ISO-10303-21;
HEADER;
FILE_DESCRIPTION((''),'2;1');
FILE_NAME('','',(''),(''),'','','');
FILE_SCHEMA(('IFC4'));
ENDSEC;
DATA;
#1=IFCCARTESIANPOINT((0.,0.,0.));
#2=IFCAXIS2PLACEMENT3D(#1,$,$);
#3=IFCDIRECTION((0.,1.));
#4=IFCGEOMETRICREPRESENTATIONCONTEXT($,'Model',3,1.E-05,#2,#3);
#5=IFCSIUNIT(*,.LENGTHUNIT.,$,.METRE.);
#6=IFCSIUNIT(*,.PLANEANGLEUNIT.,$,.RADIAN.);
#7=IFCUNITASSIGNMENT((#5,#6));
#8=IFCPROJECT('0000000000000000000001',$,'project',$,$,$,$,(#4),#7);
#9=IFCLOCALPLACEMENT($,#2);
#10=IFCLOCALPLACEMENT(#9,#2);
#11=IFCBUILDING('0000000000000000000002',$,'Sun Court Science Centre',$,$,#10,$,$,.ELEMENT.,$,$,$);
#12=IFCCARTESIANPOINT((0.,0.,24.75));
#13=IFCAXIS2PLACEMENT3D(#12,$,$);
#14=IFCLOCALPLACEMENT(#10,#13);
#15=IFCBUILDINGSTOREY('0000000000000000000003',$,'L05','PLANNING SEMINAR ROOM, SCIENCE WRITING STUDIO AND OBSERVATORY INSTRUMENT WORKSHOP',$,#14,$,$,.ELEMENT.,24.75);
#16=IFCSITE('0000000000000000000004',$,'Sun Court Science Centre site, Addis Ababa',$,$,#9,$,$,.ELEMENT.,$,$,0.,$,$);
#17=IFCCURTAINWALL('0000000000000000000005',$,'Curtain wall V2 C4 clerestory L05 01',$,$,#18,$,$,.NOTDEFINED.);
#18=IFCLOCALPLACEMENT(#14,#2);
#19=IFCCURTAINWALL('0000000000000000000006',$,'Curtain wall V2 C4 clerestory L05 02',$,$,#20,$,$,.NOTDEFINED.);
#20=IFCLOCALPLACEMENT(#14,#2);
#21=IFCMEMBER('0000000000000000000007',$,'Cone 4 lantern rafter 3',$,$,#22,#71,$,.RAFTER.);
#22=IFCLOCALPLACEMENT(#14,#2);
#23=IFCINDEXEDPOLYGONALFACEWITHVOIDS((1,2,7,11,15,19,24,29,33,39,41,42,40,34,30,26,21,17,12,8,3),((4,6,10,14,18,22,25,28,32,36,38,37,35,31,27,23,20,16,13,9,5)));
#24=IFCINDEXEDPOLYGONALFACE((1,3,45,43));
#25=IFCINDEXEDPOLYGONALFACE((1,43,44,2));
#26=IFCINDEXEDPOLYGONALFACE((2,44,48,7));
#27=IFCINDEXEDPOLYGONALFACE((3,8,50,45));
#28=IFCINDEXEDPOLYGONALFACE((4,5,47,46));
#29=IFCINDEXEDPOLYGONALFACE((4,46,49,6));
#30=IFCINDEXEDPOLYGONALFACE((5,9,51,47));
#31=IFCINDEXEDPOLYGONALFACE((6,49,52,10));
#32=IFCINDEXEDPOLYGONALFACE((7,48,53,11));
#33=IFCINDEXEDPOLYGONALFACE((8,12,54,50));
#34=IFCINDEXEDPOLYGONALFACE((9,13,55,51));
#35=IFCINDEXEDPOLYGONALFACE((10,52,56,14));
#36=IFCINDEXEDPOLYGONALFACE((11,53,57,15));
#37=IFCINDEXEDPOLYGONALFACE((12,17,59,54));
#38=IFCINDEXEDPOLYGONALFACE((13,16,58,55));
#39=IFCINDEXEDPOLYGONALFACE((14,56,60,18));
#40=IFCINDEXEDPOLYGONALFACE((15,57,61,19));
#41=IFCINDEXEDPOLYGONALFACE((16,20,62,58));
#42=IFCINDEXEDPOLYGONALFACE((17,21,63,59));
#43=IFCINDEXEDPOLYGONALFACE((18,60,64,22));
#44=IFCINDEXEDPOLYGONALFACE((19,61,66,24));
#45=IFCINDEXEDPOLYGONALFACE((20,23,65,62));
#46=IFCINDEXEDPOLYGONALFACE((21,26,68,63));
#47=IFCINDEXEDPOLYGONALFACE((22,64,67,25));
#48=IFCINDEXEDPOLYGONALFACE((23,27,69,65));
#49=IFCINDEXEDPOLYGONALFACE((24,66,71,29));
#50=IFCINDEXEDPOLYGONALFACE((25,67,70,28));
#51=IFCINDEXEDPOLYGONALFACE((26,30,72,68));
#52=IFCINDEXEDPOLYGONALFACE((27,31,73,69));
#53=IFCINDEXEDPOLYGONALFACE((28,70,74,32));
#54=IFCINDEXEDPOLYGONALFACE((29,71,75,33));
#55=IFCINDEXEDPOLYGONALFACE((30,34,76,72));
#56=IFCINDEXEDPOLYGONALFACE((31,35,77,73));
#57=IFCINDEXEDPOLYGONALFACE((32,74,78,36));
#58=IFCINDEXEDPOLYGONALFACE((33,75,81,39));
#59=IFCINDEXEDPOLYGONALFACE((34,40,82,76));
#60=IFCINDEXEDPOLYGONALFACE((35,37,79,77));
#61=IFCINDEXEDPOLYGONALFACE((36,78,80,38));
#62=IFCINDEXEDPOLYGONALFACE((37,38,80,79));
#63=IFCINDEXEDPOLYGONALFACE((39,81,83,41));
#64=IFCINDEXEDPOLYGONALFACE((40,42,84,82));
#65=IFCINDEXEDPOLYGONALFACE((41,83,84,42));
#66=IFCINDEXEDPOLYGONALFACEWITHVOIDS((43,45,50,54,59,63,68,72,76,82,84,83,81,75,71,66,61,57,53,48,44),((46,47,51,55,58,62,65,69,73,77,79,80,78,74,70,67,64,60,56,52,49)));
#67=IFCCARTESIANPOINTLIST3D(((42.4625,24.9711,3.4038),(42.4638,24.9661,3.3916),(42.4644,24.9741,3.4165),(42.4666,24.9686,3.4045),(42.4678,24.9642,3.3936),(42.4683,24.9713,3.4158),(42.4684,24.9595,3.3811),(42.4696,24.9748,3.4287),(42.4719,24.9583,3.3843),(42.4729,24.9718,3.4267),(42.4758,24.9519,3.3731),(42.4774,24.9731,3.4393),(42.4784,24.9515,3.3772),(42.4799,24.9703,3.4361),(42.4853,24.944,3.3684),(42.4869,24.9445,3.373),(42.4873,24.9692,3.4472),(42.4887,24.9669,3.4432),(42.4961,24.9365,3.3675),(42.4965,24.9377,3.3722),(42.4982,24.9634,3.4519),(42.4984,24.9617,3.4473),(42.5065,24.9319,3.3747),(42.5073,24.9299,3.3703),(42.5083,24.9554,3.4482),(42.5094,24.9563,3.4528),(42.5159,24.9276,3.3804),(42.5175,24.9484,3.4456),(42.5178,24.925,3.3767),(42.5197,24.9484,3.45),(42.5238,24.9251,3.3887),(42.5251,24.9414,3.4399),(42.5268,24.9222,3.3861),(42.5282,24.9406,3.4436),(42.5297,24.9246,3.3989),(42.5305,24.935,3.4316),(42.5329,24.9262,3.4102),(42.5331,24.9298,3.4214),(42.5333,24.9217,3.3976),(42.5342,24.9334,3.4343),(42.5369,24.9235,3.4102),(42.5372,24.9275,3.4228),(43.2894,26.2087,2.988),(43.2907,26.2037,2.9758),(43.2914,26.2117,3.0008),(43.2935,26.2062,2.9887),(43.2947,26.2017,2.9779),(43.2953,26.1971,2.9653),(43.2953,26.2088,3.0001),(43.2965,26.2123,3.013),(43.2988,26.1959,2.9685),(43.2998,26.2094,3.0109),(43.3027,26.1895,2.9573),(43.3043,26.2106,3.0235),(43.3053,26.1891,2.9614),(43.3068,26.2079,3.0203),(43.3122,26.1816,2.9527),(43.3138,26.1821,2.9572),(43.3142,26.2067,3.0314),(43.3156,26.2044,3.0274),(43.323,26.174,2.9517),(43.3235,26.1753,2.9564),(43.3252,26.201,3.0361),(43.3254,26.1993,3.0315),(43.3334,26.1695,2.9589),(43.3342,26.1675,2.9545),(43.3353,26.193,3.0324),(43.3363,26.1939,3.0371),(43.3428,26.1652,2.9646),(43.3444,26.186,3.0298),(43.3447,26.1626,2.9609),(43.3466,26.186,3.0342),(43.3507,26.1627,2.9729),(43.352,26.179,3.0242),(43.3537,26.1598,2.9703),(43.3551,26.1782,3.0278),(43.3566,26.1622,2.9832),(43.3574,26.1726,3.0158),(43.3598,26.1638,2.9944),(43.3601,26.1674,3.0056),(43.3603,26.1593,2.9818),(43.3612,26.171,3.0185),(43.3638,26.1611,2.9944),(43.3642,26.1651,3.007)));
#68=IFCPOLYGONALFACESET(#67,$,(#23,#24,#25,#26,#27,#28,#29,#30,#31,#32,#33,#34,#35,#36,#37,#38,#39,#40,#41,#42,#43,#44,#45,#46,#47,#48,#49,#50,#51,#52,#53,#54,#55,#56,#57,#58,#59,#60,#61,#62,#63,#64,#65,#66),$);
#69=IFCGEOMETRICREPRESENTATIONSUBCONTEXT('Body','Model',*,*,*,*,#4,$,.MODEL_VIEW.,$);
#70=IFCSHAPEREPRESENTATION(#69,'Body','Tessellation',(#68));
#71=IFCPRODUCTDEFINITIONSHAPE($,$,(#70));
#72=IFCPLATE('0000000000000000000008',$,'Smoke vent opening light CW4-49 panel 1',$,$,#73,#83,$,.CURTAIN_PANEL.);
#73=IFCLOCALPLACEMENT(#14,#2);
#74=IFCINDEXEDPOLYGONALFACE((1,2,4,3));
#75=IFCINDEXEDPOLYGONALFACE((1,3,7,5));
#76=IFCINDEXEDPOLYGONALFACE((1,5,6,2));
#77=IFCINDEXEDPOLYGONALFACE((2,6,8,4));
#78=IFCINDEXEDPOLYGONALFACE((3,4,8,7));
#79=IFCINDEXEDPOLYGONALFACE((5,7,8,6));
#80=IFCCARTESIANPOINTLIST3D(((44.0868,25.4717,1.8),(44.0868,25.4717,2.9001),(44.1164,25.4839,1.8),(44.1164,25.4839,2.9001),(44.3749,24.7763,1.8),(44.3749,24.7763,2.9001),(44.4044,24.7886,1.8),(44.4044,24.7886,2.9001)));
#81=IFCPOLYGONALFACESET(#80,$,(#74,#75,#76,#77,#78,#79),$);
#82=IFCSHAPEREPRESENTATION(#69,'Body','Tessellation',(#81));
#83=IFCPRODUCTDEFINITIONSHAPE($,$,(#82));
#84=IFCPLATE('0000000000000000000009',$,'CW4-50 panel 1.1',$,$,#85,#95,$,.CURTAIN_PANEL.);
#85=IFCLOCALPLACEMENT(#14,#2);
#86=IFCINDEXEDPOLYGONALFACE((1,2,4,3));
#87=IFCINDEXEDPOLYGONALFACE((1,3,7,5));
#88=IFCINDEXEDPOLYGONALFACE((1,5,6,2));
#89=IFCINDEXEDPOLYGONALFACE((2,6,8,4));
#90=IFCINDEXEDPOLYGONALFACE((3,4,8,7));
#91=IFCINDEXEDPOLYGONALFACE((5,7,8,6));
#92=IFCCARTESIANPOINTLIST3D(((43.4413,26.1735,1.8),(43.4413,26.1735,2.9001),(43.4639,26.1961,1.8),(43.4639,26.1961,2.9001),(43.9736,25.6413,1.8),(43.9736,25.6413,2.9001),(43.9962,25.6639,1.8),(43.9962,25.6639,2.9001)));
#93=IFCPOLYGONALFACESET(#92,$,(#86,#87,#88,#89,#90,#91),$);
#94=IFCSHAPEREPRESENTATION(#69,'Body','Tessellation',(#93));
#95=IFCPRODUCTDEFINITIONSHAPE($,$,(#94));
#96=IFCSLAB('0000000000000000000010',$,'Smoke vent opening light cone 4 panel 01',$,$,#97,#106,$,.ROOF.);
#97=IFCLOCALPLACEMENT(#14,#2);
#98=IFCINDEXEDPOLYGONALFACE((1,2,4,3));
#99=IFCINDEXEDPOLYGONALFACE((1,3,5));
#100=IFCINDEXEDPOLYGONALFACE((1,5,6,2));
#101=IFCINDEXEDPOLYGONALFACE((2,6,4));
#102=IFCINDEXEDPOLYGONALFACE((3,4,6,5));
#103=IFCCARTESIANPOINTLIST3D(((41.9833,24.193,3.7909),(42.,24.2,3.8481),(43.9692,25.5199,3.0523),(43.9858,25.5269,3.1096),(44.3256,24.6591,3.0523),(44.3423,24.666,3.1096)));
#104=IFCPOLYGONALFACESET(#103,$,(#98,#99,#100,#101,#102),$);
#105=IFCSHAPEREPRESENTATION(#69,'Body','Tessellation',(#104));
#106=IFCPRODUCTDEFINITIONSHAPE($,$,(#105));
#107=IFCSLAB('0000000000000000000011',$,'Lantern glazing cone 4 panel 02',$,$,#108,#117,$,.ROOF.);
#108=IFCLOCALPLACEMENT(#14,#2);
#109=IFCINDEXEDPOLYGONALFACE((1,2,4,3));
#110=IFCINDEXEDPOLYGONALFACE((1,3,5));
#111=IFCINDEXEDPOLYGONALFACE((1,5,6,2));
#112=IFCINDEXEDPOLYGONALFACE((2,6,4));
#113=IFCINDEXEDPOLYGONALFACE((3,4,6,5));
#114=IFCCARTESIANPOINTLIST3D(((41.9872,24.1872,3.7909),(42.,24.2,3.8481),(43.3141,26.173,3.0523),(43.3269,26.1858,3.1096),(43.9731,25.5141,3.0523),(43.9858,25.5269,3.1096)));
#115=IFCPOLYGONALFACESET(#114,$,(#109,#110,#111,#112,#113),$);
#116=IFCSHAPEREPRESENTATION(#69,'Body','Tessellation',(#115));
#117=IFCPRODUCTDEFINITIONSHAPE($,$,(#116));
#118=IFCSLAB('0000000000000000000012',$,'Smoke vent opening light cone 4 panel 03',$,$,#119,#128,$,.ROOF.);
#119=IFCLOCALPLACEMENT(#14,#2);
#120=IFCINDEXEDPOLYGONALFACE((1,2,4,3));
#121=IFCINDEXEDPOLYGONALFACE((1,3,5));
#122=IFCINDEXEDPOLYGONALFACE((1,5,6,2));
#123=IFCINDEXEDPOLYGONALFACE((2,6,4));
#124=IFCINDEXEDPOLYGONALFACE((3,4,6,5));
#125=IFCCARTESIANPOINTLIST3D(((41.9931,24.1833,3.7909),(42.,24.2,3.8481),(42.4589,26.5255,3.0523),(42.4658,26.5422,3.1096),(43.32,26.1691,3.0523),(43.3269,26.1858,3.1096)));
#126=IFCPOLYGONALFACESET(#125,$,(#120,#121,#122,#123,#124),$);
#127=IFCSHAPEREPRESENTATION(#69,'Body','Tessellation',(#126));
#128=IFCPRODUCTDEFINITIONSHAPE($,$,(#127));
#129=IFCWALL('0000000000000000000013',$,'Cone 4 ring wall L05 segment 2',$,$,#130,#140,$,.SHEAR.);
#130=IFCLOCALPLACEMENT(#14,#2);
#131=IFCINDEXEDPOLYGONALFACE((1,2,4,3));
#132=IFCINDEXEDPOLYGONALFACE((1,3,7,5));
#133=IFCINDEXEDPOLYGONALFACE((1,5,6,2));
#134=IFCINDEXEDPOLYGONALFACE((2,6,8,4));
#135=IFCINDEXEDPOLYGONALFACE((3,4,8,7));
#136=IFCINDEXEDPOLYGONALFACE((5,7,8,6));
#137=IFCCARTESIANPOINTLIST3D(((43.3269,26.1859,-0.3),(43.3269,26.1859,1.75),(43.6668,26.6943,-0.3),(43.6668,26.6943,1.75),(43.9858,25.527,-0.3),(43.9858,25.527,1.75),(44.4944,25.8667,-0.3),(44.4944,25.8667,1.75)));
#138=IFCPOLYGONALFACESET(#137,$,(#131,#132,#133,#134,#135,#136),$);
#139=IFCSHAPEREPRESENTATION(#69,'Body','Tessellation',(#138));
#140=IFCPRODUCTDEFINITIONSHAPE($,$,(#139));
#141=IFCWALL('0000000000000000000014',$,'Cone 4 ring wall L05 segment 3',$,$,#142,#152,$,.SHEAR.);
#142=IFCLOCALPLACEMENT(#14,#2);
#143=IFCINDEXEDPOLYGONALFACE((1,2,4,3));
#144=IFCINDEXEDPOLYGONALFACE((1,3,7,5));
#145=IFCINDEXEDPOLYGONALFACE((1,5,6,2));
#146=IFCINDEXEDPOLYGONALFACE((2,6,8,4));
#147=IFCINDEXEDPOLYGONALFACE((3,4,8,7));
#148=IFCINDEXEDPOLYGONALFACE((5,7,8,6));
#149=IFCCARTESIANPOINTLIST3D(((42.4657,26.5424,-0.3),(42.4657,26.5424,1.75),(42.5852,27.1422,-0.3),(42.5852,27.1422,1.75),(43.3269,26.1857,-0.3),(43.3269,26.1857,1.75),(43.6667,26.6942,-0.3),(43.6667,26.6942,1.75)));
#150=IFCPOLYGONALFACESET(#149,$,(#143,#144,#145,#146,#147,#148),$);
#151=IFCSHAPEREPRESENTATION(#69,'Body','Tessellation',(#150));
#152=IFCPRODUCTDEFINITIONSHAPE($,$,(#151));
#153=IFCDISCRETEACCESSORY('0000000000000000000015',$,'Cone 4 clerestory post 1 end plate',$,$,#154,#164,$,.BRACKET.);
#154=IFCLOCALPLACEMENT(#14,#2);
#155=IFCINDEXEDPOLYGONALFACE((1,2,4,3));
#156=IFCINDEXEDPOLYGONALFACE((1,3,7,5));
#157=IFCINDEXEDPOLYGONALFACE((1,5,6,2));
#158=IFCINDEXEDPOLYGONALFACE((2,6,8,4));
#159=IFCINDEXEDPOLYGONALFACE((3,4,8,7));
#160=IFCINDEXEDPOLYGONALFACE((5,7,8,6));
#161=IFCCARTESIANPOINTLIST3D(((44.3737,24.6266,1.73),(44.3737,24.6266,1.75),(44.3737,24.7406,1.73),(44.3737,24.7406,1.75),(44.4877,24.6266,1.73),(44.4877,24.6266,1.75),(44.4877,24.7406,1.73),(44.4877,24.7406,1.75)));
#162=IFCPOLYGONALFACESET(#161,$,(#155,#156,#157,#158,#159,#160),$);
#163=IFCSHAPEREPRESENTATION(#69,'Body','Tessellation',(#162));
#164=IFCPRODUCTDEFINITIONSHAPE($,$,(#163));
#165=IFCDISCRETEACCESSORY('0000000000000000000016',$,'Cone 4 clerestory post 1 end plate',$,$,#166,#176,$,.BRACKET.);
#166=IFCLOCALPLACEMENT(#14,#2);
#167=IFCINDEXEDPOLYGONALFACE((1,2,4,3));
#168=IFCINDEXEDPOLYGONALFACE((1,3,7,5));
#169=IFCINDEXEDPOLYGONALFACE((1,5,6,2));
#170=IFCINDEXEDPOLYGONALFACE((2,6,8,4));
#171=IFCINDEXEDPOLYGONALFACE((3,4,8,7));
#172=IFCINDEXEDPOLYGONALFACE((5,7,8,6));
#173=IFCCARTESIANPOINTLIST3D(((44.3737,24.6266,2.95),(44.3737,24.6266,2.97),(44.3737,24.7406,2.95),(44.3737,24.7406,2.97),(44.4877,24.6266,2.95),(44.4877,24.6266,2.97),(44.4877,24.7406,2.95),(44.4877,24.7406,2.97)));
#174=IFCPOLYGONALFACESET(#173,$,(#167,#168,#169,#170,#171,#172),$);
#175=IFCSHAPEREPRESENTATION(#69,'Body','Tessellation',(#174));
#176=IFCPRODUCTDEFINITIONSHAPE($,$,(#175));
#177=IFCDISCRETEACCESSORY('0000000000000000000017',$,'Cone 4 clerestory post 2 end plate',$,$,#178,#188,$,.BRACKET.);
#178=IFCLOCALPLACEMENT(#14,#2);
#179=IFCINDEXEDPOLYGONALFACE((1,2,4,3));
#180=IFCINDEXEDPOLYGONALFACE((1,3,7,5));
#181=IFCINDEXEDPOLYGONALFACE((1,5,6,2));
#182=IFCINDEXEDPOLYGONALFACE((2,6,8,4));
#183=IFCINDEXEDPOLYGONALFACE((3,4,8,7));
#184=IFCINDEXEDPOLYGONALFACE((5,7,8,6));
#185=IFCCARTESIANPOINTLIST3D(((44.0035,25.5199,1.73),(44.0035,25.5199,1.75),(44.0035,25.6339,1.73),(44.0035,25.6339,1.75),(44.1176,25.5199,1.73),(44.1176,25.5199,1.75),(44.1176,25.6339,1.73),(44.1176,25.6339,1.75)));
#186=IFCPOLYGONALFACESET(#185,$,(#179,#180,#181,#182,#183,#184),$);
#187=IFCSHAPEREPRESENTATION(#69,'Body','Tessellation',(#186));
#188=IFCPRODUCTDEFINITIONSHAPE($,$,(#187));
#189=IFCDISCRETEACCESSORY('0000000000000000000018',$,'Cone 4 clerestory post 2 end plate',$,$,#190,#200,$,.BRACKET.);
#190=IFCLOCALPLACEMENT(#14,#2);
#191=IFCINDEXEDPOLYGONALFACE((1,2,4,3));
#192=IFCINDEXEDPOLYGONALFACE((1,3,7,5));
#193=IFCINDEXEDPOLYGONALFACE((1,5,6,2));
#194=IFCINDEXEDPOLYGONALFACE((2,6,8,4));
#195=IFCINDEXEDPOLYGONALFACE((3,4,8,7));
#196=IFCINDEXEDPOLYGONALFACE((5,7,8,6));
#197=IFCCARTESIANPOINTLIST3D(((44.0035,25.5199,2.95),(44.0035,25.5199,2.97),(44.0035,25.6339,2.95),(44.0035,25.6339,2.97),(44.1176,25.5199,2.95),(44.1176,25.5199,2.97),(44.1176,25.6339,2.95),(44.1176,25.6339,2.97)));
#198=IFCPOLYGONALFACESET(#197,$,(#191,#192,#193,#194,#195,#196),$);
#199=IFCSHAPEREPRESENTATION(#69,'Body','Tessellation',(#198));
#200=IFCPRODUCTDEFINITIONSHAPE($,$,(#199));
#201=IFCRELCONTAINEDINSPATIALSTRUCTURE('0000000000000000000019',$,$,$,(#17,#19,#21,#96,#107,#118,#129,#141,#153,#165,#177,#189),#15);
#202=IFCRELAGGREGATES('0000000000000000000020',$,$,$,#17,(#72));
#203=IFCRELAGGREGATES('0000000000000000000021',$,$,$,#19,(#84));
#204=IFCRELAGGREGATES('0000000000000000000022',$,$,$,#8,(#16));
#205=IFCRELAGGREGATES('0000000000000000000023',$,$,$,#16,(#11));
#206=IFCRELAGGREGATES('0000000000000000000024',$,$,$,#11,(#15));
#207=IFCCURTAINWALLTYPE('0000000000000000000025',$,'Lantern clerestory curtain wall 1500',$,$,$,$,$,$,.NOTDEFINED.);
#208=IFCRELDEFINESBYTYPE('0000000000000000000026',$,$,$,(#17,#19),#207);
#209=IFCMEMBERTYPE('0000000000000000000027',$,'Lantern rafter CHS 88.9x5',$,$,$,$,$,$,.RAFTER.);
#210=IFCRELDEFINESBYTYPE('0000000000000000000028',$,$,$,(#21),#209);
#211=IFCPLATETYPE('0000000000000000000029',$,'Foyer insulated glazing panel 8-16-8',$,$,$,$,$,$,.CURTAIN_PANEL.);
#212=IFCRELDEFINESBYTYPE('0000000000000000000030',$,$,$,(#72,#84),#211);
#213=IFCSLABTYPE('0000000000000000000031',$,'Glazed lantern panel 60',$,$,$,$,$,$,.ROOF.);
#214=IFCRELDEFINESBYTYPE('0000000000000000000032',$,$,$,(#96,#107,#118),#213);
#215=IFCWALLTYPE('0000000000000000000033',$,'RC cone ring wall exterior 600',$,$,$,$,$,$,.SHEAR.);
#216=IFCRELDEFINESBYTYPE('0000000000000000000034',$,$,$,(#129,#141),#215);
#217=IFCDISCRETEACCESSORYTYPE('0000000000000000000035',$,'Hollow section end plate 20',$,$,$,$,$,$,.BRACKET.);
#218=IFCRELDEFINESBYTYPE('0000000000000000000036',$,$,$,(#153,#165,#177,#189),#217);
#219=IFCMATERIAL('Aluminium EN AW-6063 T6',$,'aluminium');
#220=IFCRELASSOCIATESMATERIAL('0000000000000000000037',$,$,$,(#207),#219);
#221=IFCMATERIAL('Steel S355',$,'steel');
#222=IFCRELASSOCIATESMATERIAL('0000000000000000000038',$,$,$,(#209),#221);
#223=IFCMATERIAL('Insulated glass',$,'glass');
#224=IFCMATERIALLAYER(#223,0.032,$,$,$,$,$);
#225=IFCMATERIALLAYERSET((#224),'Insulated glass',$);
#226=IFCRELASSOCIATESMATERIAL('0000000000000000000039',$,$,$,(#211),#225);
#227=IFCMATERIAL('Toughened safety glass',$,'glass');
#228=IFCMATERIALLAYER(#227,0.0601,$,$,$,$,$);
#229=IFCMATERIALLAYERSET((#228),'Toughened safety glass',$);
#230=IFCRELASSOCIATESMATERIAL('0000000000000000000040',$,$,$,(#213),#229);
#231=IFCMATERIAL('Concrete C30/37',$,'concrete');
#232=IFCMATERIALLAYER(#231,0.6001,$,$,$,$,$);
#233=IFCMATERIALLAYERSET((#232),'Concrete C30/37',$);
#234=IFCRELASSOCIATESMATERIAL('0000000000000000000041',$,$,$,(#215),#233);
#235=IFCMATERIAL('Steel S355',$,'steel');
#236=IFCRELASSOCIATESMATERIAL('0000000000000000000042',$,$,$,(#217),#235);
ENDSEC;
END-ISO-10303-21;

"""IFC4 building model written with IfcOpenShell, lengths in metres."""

from ifc_helpers import new_model, si_unit, direction, frame, origin, origin_2d, place, context, subcontext, project, spatial, polyline, rectangle, hollow_circle, outline, extrude, material, layer, layer_set, material_profile, profile_set, type_object, element, aggregate, save


model = new_model("IFC4")

# Units and contexts
model_context = context("Model", 3, precision=1e-05, world=origin(), true_north=direction((0.0, 1.0)))
body_context = subcontext(model_context, "Body", "Model", "MODEL_VIEW")
ifc_project = project(units=[si_unit("LENGTHUNIT", "METRE"), si_unit("PLANEANGLEUNIT", "RADIAN")], contexts=[model_context])

# Site, building, storey
site_placement = place(None, origin())
site = spatial("IfcSite", under=ifc_project, at=site_placement, Name="Sun Court Science Centre site, Addis Ababa", CompositionType="ELEMENT", RefElevation=0.0)
building_placement = place(site_placement, origin())
building = spatial("IfcBuilding", under=site, at=building_placement, Name="Sun Court Science Centre", CompositionType="ELEMENT")
storey_placement = place(building_placement, frame((0.0, 0.0, 24.75)))
storey = spatial("IfcBuildingStorey", under=building, at=storey_placement, Name="L05", Description="PLANNING SEMINAR ROOM, SCIENCE WRITING STUDIO AND OBSERVATORY INSTRUMENT WORKSHOP", CompositionType="ELEMENT", Elevation=24.75)

# Curtain walls
ifc_material_1 = material(Name="Aluminium EN AW-6063 T6", Category="aluminium")
curtain_wall_type = type_object("IfcCurtainWallType", Name="Lantern clerestory curtain wall 1500", PredefinedType="NOTDEFINED", material=ifc_material_1)
curtain_wall_1_placement = place(storey_placement, origin())
curtain_wall_1 = element("IfcCurtainWall", 1, at=curtain_wall_1_placement, inside=storey, type_object=curtain_wall_type, Name="Curtain wall V2 C4 clerestory L05 01", PredefinedType="NOTDEFINED")
curtain_wall_2_placement = place(storey_placement, origin())
curtain_wall_2 = element("IfcCurtainWall", 2, at=curtain_wall_2_placement, inside=storey, type_object=curtain_wall_type, Name="Curtain wall V2 C4 clerestory L05 02", PredefinedType="NOTDEFINED")

# Member
ifc_material_2 = material(Name="Steel S355", Category="steel")
ifc_material_profile_1 = material_profile(ifc_material_2, hollow_circle(Radius=0.0444, WallThickness=0.0049, at=origin_2d()), Name="CHS 88.9x5")
ifc_profile_set_1 = profile_set([ifc_material_profile_1], Name="Steel S355")
member_type_1 = type_object("IfcMemberType", Name="Lantern rafter CHS 88.9x5", PredefinedType="RAFTER", material=ifc_profile_set_1)
for number, where, z_axis, x_axis, name in (
    (3, (43.3269, 26.1858, 2.9944), (-0.535086, -0.800811, 0.269044), (0.831469, -0.555571, 0.0), "Cone 4 lantern rafter 3"),
):
    element("IfcMember", number, at=place(storey_placement, frame(where, z_axis=z_axis, x_axis=x_axis)), inside=storey, type_object=member_type_1, Name=name, PredefinedType="RAFTER", context=body_context, shape_type="SweptSolid", body=[
        extrude(hollow_circle(Radius=0.0444, WallThickness=0.0049, at=origin_2d()), origin(), (0.0, 0.0, 1.0), 1.5454),
    ])

# Plates
ifc_material_3 = material(Name="Insulated glass", Category="glass")
ifc_layer_1 = layer(ifc_material_3, 0.032)
ifc_layer_set_1 = layer_set([ifc_layer_1], Name="Insulated glass")
plate_type = type_object("IfcPlateType", Name="Foyer insulated glazing panel 8-16-8", PredefinedType="CURTAIN_PANEL", material=ifc_layer_set_1)
plate_1_placement = place(storey_placement, frame((44.2456, 25.1301, 1.8), z_axis=(0.0, 0.0, 1.0), x_axis=(0.382683, -0.92388, 0.0)))
plate_1 = element("IfcPlate", 4, at=plate_1_placement, type_object=plate_type, Name="Smoke vent opening light CW4-49 panel 1", PredefinedType="CURTAIN_PANEL", context=body_context, shape_type="SweptSolid", body=[
    extrude(rectangle(XDim=0.7527, YDim=0.032, at=origin_2d()), origin(), (0.0, 0.0, 1.0), 1.1001),
])
aggregate(curtain_wall_1, [plate_1])
plate_2_placement = place(storey_placement, frame((43.7188, 25.9187, 1.8), z_axis=(0.0, 0.0, 1.0), x_axis=(0.707107, -0.707107, 0.0)))
plate_2 = element("IfcPlate", 5, at=plate_2_placement, type_object=plate_type, Name="CW4-50 panel 1.1", PredefinedType="CURTAIN_PANEL", context=body_context, shape_type="SweptSolid", body=[
    extrude(rectangle(XDim=0.7527, YDim=0.032, at=origin_2d()), origin(), (0.0, 0.0, 1.0), 1.1001),
])
aggregate(curtain_wall_2, [plate_2])

# Slabs
ifc_material_4 = material(Name="Toughened safety glass", Category="glass")
ifc_layer_2 = layer(ifc_material_4, 0.0601)
ifc_layer_set_2 = layer_set([ifc_layer_2], Name="Toughened safety glass")
slab_type = type_object("IfcSlabType", Name="Glazed lantern panel 60", PredefinedType="ROOF", material=ifc_layer_set_2)
slab_1_placement = place(storey_placement, frame((44.3423, 24.666, 3.1096), z_axis=(0.27782, 0.115036, 0.953721), x_axis=(-0.382568, 0.923927, 0.0)))
element("IfcSlab", 6, at=slab_1_placement, inside=storey, type_object=slab_type, Name="Smoke vent opening light cone 4 panel 01", PredefinedType="ROOF", context=body_context, shape_type="SweptSolid", body=[
    extrude(outline(polyline([(0.0, 0.0), (0.9317, 0.0), (0.4655, 2.4561), (0.0, 0.0)])), origin(), (0.0, 0.0, -1.0), 0.0601),
])
slab_2_placement = place(storey_placement, frame((43.9858, 25.5269, 3.1096), z_axis=(0.212618, 0.212618, 0.953723), x_axis=(-0.707107, 0.707107, 0.0)))
element("IfcSlab", 7, at=slab_2_placement, inside=storey, type_object=slab_type, Name="Lantern glazing cone 4 panel 02", PredefinedType="ROOF", context=body_context, shape_type="SweptSolid", body=[
    extrude(outline(polyline([(0.0, 0.0), (0.9319, 0.0), (0.4659, 2.4561), (0.0, 0.0)])), origin(), (0.0, 0.0, -1.0), 0.0601),
])
slab_3_placement = place(storey_placement, frame((43.3269, 26.1858, 3.1096), z_axis=(0.11501, 0.277836, 0.953719), x_axis=(-0.923966, 0.382475, 0.0)))
element("IfcSlab", 8, at=slab_3_placement, inside=storey, type_object=slab_type, Name="Smoke vent opening light cone 4 panel 03", PredefinedType="ROOF", context=body_context, shape_type="SweptSolid", body=[
    extrude(outline(polyline([(0.0, 0.0), (0.9319, 0.0), (0.4665, 2.456), (0.0, 0.0)])), origin(), (0.0, 0.0, -1.0), 0.0601),
])

# Walls
ifc_material_5 = material(Name="Concrete C30/37", Category="concrete")
ifc_layer_3 = layer(ifc_material_5, 0.6001)
ifc_layer_set_3 = layer_set([ifc_layer_3], Name="Concrete C30/37")
wall_type = type_object("IfcWallType", Name="RC cone ring wall exterior 600", PredefinedType="SHEAR", material=ifc_layer_set_3)
wall_1_placement = place(storey_placement, frame((44.2822, 25.6545, -0.3), z_axis=(0.0, 0.0, 1.0), x_axis=(-0.707107, 0.707107, 0.0)))
element("IfcWall", 9, at=wall_1_placement, inside=storey, type_object=wall_type, Name="Cone 4 ring wall L05 segment 2", PredefinedType="SHEAR", context=body_context, shape_type="SweptSolid", body=[
    extrude(outline(polyline([(0.0, -0.3), (1.1704, -0.3), (1.0513, 0.2998), (0.1194, 0.2998), (0.0, -0.3)])), origin(), (0.0, 0.0, 1.0), 2.05),
])
wall_2_placement = place(storey_placement, frame((43.552, 26.4172, -0.3), z_axis=(0.0, 0.0, 1.0), x_axis=(-0.923877, 0.382689, 0.0)))
element("IfcWall", 10, at=wall_2_placement, inside=storey, type_object=wall_type, Name="Cone 4 ring wall L05 segment 3", PredefinedType="SHEAR", context=body_context, shape_type="SweptSolid", body=[
    extrude(outline(polyline([(0.0, -0.2998), (1.1707, -0.2998), (1.0515, 0.3), (0.1194, 0.3), (0.0, -0.2998)])), origin(), (0.0, 0.0, 1.0), 2.05),
])

# Discrete accessories
ifc_material_6 = material(Name="Steel S355", Category="steel")
discrete_accessory_type = type_object("IfcDiscreteAccessoryType", Name="Hollow section end plate 20", PredefinedType="BRACKET", material=ifc_material_6)
for number, where, z_axis, x_axis, name in (
    (11, (44.4307, 24.6836, 1.73), (0.0, 0.0, 1.0), (1.0, 0.0, 0.0), "Cone 4 clerestory post 1 end plate"),
    (12, (44.4307, 24.6836, 2.95), (0.0, 0.0, 1.0), (1.0, 0.0, 0.0), "Cone 4 clerestory post 1 end plate"),
    (13, (44.0605, 25.5769, 1.73), (0.0, 0.0, 1.0), (1.0, 0.0, 0.0), "Cone 4 clerestory post 2 end plate"),
    (14, (44.0605, 25.5769, 2.95), (0.0, 0.0, 1.0), (1.0, 0.0, 0.0), "Cone 4 clerestory post 2 end plate"),
):
    element("IfcDiscreteAccessory", number, at=place(storey_placement, frame(where, z_axis=z_axis, x_axis=x_axis)), inside=storey, type_object=discrete_accessory_type, Name=name, PredefinedType="BRACKET", context=body_context, shape_type="SweptSolid", body=[
        extrude(rectangle(XDim=0.114, YDim=0.114, at=origin_2d()), origin(), (0.0, 0.0, 1.0), 0.02),
    ])

save(model, "model.ifc")
